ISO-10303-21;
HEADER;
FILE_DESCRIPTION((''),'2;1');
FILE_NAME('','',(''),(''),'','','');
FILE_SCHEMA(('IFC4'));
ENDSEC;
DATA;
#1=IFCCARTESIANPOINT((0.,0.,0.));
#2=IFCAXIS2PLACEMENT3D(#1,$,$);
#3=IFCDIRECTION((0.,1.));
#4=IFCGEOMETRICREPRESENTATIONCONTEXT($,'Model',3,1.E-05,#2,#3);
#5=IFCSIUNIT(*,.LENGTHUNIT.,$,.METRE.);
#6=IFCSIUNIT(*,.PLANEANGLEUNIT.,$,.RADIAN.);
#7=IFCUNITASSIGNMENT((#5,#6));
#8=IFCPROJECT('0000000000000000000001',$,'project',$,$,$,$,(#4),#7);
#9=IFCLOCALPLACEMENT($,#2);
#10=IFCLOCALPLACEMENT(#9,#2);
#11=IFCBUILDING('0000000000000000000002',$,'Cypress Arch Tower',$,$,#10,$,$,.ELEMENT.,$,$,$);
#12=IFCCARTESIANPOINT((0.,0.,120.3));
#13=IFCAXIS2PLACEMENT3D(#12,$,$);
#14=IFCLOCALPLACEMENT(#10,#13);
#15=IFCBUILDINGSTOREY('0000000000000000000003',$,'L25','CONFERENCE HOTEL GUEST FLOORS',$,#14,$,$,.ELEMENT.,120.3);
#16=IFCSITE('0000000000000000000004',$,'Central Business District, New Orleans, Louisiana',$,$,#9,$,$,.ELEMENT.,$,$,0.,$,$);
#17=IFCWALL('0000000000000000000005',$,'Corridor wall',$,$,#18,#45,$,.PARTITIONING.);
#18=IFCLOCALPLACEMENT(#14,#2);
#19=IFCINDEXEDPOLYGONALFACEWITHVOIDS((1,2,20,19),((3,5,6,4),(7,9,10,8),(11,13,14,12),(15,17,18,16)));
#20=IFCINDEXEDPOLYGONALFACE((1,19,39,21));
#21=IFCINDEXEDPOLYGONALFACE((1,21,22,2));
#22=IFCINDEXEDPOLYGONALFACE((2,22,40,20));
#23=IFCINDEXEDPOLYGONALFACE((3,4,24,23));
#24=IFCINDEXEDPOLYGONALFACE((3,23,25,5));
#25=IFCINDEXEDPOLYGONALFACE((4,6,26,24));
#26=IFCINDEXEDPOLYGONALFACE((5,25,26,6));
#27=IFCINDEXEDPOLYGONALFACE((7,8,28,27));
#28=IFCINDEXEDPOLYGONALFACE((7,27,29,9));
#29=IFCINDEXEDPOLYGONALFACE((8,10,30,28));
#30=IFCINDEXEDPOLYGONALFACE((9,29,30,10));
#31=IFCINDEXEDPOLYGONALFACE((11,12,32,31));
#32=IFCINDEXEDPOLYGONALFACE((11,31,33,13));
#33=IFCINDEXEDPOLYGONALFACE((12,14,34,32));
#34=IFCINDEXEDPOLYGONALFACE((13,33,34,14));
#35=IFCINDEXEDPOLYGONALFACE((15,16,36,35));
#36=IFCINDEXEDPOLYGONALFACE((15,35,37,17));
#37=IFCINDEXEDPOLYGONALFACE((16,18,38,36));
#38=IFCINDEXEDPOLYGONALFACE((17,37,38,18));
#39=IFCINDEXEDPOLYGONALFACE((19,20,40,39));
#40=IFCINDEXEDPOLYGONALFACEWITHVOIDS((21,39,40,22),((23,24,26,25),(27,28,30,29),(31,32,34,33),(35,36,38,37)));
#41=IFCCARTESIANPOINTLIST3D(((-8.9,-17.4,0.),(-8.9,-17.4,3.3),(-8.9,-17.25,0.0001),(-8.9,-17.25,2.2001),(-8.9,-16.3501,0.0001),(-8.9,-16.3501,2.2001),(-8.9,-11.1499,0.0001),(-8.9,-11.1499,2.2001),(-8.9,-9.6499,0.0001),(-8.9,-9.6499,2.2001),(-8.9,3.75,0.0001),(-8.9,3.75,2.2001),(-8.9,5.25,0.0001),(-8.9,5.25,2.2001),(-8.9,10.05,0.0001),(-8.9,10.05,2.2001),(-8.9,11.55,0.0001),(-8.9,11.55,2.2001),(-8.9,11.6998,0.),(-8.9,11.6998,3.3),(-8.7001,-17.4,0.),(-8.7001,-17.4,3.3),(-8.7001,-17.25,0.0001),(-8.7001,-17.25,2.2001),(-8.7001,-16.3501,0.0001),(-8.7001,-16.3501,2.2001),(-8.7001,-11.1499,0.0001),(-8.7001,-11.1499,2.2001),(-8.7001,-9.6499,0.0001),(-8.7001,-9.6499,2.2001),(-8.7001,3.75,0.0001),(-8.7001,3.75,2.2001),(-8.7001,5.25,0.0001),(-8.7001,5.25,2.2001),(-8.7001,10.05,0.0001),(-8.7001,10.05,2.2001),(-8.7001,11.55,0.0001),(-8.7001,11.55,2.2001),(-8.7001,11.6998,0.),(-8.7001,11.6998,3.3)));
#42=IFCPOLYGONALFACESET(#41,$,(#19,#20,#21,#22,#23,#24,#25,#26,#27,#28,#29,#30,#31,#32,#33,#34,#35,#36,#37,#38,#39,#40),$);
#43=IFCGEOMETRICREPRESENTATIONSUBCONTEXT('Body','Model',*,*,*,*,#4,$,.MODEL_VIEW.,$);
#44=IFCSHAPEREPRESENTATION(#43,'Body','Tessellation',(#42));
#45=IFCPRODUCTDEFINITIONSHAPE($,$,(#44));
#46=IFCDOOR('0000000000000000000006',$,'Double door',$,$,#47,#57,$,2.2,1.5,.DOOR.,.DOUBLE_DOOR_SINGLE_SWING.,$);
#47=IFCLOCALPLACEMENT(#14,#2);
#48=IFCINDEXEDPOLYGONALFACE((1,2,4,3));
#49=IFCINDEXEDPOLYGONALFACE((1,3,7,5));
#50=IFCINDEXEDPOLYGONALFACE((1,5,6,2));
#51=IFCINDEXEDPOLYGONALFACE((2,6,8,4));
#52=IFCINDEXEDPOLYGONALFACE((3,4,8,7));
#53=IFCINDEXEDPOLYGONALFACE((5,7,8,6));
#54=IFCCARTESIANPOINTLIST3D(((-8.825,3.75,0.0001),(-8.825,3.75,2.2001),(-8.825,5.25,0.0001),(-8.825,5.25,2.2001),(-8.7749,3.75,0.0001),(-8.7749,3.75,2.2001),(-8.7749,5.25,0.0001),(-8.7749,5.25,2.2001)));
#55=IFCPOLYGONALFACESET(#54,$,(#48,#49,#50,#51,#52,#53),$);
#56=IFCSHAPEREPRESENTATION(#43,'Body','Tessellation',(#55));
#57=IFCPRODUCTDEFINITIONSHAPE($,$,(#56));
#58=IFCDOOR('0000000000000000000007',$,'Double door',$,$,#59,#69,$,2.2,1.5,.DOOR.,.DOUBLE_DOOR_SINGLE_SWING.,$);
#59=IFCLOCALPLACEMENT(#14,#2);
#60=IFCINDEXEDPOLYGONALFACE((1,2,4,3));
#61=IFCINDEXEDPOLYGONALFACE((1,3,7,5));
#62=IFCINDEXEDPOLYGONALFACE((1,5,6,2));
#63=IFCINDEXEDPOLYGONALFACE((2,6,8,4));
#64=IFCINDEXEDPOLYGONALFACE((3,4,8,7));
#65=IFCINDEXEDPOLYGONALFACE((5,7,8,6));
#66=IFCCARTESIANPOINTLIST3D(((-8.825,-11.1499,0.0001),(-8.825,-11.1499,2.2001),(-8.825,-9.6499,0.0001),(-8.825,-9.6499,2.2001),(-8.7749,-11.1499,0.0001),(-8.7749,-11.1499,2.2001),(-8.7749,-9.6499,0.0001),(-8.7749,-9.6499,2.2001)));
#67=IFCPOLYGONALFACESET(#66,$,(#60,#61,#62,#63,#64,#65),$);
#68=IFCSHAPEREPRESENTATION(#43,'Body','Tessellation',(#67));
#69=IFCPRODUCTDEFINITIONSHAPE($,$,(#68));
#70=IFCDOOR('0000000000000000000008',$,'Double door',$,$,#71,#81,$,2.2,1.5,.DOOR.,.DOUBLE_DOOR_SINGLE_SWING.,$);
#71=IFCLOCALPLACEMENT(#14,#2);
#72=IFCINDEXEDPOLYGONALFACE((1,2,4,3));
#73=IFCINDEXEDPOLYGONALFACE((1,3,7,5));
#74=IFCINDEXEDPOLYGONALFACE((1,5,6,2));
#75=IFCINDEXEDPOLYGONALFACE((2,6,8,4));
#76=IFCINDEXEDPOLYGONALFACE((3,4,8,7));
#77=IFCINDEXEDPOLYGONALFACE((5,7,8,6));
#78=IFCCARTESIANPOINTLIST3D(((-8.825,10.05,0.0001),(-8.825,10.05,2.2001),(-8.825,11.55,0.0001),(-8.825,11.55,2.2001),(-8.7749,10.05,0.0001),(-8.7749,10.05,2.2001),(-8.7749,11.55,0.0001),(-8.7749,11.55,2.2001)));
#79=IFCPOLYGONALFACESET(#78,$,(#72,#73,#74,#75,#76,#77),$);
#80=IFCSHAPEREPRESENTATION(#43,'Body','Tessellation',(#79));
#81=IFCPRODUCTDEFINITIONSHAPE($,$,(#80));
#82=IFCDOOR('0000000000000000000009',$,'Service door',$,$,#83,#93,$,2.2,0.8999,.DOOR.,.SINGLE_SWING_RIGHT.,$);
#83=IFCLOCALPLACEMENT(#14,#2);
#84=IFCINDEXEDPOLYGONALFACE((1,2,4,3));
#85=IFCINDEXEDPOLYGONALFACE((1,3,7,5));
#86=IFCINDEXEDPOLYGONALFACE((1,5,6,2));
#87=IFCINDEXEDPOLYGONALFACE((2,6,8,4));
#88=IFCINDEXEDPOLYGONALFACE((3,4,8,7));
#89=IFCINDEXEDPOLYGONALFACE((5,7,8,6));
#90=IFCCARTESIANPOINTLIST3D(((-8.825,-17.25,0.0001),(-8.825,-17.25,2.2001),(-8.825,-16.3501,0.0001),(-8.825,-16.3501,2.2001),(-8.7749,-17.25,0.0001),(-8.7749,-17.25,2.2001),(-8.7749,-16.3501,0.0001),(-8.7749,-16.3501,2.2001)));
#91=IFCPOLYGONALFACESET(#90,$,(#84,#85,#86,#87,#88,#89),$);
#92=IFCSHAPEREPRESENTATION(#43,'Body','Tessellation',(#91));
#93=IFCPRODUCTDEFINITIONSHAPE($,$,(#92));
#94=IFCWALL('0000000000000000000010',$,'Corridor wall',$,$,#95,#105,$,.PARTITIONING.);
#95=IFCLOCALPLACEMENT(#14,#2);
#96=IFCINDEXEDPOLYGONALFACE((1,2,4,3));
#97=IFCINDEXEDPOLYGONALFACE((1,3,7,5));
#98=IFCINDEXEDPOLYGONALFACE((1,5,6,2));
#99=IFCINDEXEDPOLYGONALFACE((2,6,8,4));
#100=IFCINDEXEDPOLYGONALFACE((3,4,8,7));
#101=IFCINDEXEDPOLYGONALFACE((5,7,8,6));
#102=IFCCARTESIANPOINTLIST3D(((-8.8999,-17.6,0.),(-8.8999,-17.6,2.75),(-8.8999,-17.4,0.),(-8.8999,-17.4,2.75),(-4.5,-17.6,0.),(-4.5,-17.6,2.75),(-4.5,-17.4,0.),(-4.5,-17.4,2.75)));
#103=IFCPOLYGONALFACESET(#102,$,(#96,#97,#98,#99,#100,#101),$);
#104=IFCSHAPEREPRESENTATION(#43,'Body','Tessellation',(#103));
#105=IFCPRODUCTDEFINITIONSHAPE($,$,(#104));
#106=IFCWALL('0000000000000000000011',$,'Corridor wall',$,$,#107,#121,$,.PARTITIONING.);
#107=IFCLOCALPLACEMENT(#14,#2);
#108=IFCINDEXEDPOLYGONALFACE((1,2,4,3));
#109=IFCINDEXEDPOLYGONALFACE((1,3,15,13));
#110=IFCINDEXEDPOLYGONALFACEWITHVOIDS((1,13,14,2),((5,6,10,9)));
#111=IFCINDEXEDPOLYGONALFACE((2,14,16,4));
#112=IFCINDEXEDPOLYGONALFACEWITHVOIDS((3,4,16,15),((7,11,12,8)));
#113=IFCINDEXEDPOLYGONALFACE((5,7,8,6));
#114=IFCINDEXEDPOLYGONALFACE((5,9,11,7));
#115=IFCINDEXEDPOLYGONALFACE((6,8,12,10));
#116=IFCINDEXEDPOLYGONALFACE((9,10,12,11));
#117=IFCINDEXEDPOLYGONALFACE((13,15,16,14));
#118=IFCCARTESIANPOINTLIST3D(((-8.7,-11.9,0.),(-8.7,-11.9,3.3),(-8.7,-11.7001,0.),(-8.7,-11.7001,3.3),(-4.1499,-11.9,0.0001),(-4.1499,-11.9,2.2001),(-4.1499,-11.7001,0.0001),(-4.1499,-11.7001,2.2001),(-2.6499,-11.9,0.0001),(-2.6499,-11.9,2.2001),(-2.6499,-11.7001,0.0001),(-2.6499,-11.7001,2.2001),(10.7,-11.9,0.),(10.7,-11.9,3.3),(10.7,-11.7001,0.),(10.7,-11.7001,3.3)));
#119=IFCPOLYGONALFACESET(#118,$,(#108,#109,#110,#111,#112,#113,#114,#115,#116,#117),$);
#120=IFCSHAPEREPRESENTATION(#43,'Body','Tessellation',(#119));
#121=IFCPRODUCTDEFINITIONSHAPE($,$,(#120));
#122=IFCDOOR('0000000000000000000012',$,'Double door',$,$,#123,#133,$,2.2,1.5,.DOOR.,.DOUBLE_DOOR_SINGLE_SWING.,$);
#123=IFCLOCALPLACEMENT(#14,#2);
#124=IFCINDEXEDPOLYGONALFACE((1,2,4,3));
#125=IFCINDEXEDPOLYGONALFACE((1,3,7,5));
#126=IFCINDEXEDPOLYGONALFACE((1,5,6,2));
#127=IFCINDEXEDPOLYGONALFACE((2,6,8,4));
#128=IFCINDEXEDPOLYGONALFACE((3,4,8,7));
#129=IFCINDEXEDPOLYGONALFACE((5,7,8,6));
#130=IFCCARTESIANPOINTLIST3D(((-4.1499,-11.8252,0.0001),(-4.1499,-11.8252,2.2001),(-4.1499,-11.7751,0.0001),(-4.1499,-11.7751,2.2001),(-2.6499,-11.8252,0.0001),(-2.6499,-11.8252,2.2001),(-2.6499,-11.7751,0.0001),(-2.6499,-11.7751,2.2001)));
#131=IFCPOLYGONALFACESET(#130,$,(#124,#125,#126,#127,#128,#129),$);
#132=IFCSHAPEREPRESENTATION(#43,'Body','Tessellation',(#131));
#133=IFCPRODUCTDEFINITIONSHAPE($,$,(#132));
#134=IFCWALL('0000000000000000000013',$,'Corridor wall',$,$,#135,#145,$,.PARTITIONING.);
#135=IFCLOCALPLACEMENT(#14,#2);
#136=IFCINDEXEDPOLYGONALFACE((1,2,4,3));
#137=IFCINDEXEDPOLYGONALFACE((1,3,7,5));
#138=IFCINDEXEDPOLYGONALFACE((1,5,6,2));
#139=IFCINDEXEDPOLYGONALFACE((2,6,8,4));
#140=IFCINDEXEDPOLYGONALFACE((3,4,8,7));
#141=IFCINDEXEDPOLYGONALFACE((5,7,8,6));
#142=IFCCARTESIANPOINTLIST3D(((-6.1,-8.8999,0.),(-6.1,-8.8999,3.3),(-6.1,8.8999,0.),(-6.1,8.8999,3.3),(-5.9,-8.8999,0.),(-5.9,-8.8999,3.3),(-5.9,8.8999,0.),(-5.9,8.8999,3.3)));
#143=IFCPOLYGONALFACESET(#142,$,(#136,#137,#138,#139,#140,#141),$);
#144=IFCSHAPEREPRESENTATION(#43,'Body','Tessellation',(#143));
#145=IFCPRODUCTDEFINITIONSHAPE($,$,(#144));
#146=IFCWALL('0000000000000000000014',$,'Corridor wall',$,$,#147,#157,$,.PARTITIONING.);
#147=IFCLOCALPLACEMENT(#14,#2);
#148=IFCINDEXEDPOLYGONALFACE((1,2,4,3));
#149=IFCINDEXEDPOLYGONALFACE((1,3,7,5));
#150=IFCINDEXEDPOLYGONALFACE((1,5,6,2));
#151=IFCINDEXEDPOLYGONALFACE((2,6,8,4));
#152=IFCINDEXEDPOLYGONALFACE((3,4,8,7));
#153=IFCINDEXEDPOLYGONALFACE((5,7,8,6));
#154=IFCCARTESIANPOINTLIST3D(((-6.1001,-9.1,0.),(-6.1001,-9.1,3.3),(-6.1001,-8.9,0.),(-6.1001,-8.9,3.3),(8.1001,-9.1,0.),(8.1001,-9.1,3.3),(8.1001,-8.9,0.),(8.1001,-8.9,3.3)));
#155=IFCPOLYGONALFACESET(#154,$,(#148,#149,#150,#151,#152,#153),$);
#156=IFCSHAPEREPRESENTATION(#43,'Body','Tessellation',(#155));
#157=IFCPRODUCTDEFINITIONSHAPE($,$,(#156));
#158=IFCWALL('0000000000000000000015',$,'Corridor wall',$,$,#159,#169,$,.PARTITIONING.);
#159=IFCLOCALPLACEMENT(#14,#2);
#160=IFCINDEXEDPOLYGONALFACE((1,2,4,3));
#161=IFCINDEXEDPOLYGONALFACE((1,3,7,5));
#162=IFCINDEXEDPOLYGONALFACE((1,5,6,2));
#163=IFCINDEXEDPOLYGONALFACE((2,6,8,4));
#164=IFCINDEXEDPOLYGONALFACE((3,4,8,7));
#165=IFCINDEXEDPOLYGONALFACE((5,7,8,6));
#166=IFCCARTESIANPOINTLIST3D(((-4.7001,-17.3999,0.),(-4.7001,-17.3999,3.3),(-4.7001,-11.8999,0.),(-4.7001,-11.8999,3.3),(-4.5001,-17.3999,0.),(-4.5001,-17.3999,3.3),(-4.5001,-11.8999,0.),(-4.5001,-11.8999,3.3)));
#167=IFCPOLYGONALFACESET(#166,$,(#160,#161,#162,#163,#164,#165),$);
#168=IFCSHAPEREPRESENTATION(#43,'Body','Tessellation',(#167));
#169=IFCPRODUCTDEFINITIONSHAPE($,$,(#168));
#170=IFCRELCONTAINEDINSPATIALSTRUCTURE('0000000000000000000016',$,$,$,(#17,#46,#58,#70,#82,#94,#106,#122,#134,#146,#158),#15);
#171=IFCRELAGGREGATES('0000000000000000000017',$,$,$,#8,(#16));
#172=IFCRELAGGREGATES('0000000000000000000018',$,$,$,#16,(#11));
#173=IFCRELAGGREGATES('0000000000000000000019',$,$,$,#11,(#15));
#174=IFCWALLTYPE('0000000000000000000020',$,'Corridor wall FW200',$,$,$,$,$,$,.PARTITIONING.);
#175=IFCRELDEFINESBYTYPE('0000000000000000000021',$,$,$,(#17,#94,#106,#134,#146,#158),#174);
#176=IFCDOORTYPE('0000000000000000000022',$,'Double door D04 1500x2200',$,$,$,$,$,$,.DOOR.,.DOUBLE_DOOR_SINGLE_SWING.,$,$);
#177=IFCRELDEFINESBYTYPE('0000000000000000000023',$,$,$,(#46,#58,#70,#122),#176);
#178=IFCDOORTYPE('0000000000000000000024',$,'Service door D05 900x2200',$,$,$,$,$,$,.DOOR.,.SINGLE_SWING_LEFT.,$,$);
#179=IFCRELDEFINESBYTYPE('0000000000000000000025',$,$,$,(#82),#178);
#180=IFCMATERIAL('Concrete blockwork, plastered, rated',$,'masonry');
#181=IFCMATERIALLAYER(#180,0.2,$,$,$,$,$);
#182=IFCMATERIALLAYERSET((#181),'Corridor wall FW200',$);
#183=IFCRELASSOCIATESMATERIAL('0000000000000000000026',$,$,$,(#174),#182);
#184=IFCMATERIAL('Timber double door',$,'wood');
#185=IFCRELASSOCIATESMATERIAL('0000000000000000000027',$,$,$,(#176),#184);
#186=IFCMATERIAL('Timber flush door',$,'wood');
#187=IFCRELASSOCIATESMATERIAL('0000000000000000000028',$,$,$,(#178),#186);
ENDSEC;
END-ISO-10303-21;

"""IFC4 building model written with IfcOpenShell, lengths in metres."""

from ifc_helpers import new_model, si_unit, direction, frame, frame_2d, origin, place, context, subcontext, project, spatial, rectangle, extrude, material, layer, layer_set, type_object, element, fill, save


model = new_model("IFC4")

# Units and contexts
model_context = context("Model", 3, precision=1e-05, world=origin(), true_north=direction((0.0, 1.0)))
body_context = subcontext(model_context, "Body", "Model", "MODEL_VIEW")
ifc_project = project(units=[si_unit("LENGTHUNIT", "METRE"), si_unit("PLANEANGLEUNIT", "RADIAN")], contexts=[model_context])

# Site, building, storey
site_placement = place(None, origin())
site = spatial("IfcSite", under=ifc_project, at=site_placement, Name="Central Business District, New Orleans, Louisiana", CompositionType="ELEMENT", RefElevation=0.0)
building_placement = place(site_placement, origin())
building = spatial("IfcBuilding", under=site, at=building_placement, Name="Cypress Arch Tower", CompositionType="ELEMENT")
storey_placement = place(building_placement, frame((0.0, 0.0, 120.3)))
storey = spatial("IfcBuildingStorey", under=building, at=storey_placement, Name="L25", Description="CONFERENCE HOTEL GUEST FLOORS", CompositionType="ELEMENT", Elevation=120.3)

# Wall, openings, doors
ifc_material_1 = material(Name="Concrete blockwork, plastered, rated", Category="masonry")
ifc_layer = layer(ifc_material_1, 0.2)
ifc_layer_set = layer_set([ifc_layer], Name="Corridor wall FW200")
wall_type = type_object("IfcWallType", Name="Corridor wall FW200", PredefinedType="PARTITIONING", material=ifc_layer_set)
wall_1_placement = place(storey_placement, frame((-8.8, -17.3999, 0.0), z_axis=(0.0, 0.0, 1.0), x_axis=(0.0, 1.0, 0.0)))
wall_1 = element("IfcWall", 1, at=wall_1_placement, inside=storey, type_object=wall_type, Name="Corridor wall", PredefinedType="PARTITIONING", context=body_context, shape_type="SweptSolid", body=[
    extrude(rectangle(XDim=29.0999, YDim=0.2, at=frame_2d((14.5498, 0.0))), origin(), (0.0, 0.0, 1.0), 3.3),
])
opening_1_placement = place(wall_1_placement, frame((21.1499, 0.0, 0.0)))
opening_1 = element("IfcOpeningElement", 2, at=opening_1_placement, cuts=wall_1, PredefinedType="OPENING", context=body_context, shape_type="SweptSolid", body=[
    extrude(rectangle(XDim=1.5, YDim=2.2, at=frame_2d((0.75, 1.1001))), frame((0.0, 0.1099, 0.0), z_axis=(0.0, -1.0, 0.0), x_axis=(1.0, 0.0, 0.0)), (0.0, 0.0, 1.0), 0.22),
])
opening_2_placement = place(wall_1_placement, frame((6.25, 0.0, 0.0)))
opening_2 = element("IfcOpeningElement", 3, at=opening_2_placement, cuts=wall_1, PredefinedType="OPENING", context=body_context, shape_type="SweptSolid", body=[
    extrude(rectangle(XDim=1.5, YDim=2.2, at=frame_2d((0.75, 1.1001))), frame((0.0, 0.1099, 0.0), z_axis=(0.0, -1.0, 0.0), x_axis=(1.0, 0.0, 0.0)), (0.0, 0.0, 1.0), 0.22),
])
opening_3_placement = place(wall_1_placement, frame((27.45, 0.0, 0.0)))
opening_3 = element("IfcOpeningElement", 4, at=opening_3_placement, cuts=wall_1, PredefinedType="OPENING", context=body_context, shape_type="SweptSolid", body=[
    extrude(rectangle(XDim=1.5, YDim=2.2, at=frame_2d((0.75, 1.1001))), frame((0.0, 0.1099, 0.0), z_axis=(0.0, -1.0, 0.0), x_axis=(1.0, 0.0, 0.0)), (0.0, 0.0, 1.0), 0.22),
])
opening_4_placement = place(wall_1_placement, frame((0.1499, 0.0, 0.0)))
opening_4 = element("IfcOpeningElement", 5, at=opening_4_placement, cuts=wall_1, PredefinedType="OPENING", context=body_context, shape_type="SweptSolid", body=[
    extrude(rectangle(XDim=0.8999, YDim=2.2, at=frame_2d((0.45, 1.1001))), frame((0.0, 0.1099, 0.0), z_axis=(0.0, -1.0, 0.0), x_axis=(1.0, 0.0, 0.0)), (0.0, 0.0, 1.0), 0.22),
])
ifc_material_2 = material(Name="Timber double door", Category="wood")
door_type_1 = type_object("IfcDoorType", Name="Double door D04 1500x2200", OperationType="DOUBLE_DOOR_SINGLE_SWING", PredefinedType="DOOR", material=ifc_material_2)
door_1_placement = place(opening_1_placement, origin())
door_1 = element("IfcDoor", 6, at=door_1_placement, inside=storey, type_object=door_type_1, Name="Double door", OperationType="DOUBLE_DOOR_SINGLE_SWING", OverallHeight=2.2, OverallWidth=1.5, PredefinedType="DOOR", context=body_context, shape_type="SweptSolid", body=[
    extrude(rectangle(XDim=1.5, YDim=2.2, at=frame_2d((0.75, 1.1001))), frame((0.0, 0.0249, 0.0), z_axis=(0.0, -1.0, 0.0), x_axis=(1.0, 0.0, 0.0)), (0.0, 0.0, 1.0), 0.05),
])
fill(opening_1, door_1)
door_2_placement = place(opening_2_placement, origin())
door_2 = element("IfcDoor", 7, at=door_2_placement, inside=storey, type_object=door_type_1, Name="Double door", OperationType="DOUBLE_DOOR_SINGLE_SWING", OverallHeight=2.2, OverallWidth=1.5, PredefinedType="DOOR", context=body_context, shape_type="SweptSolid", body=[
    extrude(rectangle(XDim=1.5, YDim=2.2, at=frame_2d((0.75, 1.1001))), frame((0.0, 0.0249, 0.0), z_axis=(0.0, -1.0, 0.0), x_axis=(1.0, 0.0, 0.0)), (0.0, 0.0, 1.0), 0.05),
])
fill(opening_2, door_2)
door_3_placement = place(opening_3_placement, origin())
door_3 = element("IfcDoor", 8, at=door_3_placement, inside=storey, type_object=door_type_1, Name="Double door", OperationType="DOUBLE_DOOR_SINGLE_SWING", OverallHeight=2.2, OverallWidth=1.5, PredefinedType="DOOR", context=body_context, shape_type="SweptSolid", body=[
    extrude(rectangle(XDim=1.5, YDim=2.2, at=frame_2d((0.75, 1.1001))), frame((0.0, 0.0249, 0.0), z_axis=(0.0, -1.0, 0.0), x_axis=(1.0, 0.0, 0.0)), (0.0, 0.0, 1.0), 0.05),
])
fill(opening_3, door_3)
ifc_material_3 = material(Name="Timber flush door", Category="wood")
door_type_2 = type_object("IfcDoorType", Name="Service door D05 900x2200", OperationType="SINGLE_SWING_LEFT", PredefinedType="DOOR", material=ifc_material_3)
door_4_placement = place(opening_4_placement, origin())
door_4 = element("IfcDoor", 9, at=door_4_placement, inside=storey, type_object=door_type_2, Name="Service door", OperationType="SINGLE_SWING_RIGHT", OverallHeight=2.2, OverallWidth=0.8999, PredefinedType="DOOR", context=body_context, shape_type="SweptSolid", body=[
    extrude(rectangle(XDim=0.8999, YDim=2.2, at=frame_2d((0.45, 1.1001))), frame((0.0, 0.0249, 0.0), z_axis=(0.0, -1.0, 0.0), x_axis=(1.0, 0.0, 0.0)), (0.0, 0.0, 1.0), 0.05),
])
fill(opening_4, door_4)

# Wall
wall_2_placement = place(storey_placement, frame((-8.8999, -17.5, 0.0), z_axis=(0.0, 0.0, 1.0), x_axis=(1.0, 0.0, 0.0)))
element("IfcWall", 10, at=wall_2_placement, inside=storey, type_object=wall_type, Name="Corridor wall", PredefinedType="PARTITIONING", context=body_context, shape_type="SweptSolid", body=[
    extrude(rectangle(XDim=4.3999, YDim=0.2, at=frame_2d((2.2, 0.0))), origin(), (0.0, 0.0, 1.0), 2.75),
])

# Wall, opening, door
wall_3_placement = place(storey_placement, frame((-8.7, -11.8, 0.0), z_axis=(0.0, 0.0, 1.0), x_axis=(1.0, 0.0, 0.0)))
wall_3 = element("IfcWall", 11, at=wall_3_placement, inside=storey, type_object=wall_type, Name="Corridor wall", PredefinedType="PARTITIONING", context=body_context, shape_type="SweptSolid", body=[
    extrude(rectangle(XDim=19.3999, YDim=0.2, at=frame_2d((9.7, 0.0))), origin(), (0.0, 0.0, 1.0), 3.3),
])
opening_5_placement = place(wall_3_placement, frame((4.55, 0.0, 0.0)))
opening_5 = element("IfcOpeningElement", 12, at=opening_5_placement, cuts=wall_3, PredefinedType="OPENING", context=body_context, shape_type="SweptSolid", body=[
    extrude(rectangle(XDim=1.5, YDim=2.2, at=frame_2d((0.75, 1.1001))), frame((0.0, 0.1099, 0.0), z_axis=(0.0, -1.0, 0.0), x_axis=(1.0, 0.0, 0.0)), (0.0, 0.0, 1.0), 0.22),
])
door_5_placement = place(opening_5_placement, origin())
door_5 = element("IfcDoor", 13, at=door_5_placement, inside=storey, type_object=door_type_1, Name="Double door", OperationType="DOUBLE_DOOR_SINGLE_SWING", OverallHeight=2.2, OverallWidth=1.5, PredefinedType="DOOR", context=body_context, shape_type="SweptSolid", body=[
    extrude(rectangle(XDim=1.5, YDim=2.2, at=frame_2d((0.75, 1.1001))), frame((0.0, 0.0249, 0.0), z_axis=(0.0, -1.0, 0.0), x_axis=(1.0, 0.0, 0.0)), (0.0, 0.0, 1.0), 0.05),
])
fill(opening_5, door_5)

# Walls
wall_4_placement = place(storey_placement, frame((-6.0, -8.8999, 0.0), z_axis=(0.0, 0.0, 1.0), x_axis=(0.0, 1.0, 0.0)))
element("IfcWall", 14, at=wall_4_placement, inside=storey, type_object=wall_type, Name="Corridor wall", PredefinedType="PARTITIONING", context=body_context, shape_type="SweptSolid", body=[
    extrude(rectangle(XDim=17.7998, YDim=0.2, at=frame_2d((8.8999, 0.0))), origin(), (0.0, 0.0, 1.0), 3.3),
])
wall_5_placement = place(storey_placement, frame((-6.1001, -9.0, 0.0), z_axis=(0.0, 0.0, 1.0), x_axis=(1.0, 0.0, 0.0)))
element("IfcWall", 15, at=wall_5_placement, inside=storey, type_object=wall_type, Name="Corridor wall", PredefinedType="PARTITIONING", context=body_context, shape_type="SweptSolid", body=[
    extrude(rectangle(XDim=14.2002, YDim=0.2, at=frame_2d((7.1001, 0.0))), origin(), (0.0, 0.0, 1.0), 3.3),
])
wall_6_placement = place(storey_placement, frame((-4.6001, -17.3999, 0.0), z_axis=(0.0, 0.0, 1.0), x_axis=(0.0, 1.0, 0.0)))
element("IfcWall", 16, at=wall_6_placement, inside=storey, type_object=wall_type, Name="Corridor wall", PredefinedType="PARTITIONING", context=body_context, shape_type="SweptSolid", body=[
    extrude(rectangle(XDim=5.5, YDim=0.2, at=frame_2d((2.75, 0.0))), origin(), (0.0, 0.0, 1.0), 3.3),
])

save(model, "model.ifc")
